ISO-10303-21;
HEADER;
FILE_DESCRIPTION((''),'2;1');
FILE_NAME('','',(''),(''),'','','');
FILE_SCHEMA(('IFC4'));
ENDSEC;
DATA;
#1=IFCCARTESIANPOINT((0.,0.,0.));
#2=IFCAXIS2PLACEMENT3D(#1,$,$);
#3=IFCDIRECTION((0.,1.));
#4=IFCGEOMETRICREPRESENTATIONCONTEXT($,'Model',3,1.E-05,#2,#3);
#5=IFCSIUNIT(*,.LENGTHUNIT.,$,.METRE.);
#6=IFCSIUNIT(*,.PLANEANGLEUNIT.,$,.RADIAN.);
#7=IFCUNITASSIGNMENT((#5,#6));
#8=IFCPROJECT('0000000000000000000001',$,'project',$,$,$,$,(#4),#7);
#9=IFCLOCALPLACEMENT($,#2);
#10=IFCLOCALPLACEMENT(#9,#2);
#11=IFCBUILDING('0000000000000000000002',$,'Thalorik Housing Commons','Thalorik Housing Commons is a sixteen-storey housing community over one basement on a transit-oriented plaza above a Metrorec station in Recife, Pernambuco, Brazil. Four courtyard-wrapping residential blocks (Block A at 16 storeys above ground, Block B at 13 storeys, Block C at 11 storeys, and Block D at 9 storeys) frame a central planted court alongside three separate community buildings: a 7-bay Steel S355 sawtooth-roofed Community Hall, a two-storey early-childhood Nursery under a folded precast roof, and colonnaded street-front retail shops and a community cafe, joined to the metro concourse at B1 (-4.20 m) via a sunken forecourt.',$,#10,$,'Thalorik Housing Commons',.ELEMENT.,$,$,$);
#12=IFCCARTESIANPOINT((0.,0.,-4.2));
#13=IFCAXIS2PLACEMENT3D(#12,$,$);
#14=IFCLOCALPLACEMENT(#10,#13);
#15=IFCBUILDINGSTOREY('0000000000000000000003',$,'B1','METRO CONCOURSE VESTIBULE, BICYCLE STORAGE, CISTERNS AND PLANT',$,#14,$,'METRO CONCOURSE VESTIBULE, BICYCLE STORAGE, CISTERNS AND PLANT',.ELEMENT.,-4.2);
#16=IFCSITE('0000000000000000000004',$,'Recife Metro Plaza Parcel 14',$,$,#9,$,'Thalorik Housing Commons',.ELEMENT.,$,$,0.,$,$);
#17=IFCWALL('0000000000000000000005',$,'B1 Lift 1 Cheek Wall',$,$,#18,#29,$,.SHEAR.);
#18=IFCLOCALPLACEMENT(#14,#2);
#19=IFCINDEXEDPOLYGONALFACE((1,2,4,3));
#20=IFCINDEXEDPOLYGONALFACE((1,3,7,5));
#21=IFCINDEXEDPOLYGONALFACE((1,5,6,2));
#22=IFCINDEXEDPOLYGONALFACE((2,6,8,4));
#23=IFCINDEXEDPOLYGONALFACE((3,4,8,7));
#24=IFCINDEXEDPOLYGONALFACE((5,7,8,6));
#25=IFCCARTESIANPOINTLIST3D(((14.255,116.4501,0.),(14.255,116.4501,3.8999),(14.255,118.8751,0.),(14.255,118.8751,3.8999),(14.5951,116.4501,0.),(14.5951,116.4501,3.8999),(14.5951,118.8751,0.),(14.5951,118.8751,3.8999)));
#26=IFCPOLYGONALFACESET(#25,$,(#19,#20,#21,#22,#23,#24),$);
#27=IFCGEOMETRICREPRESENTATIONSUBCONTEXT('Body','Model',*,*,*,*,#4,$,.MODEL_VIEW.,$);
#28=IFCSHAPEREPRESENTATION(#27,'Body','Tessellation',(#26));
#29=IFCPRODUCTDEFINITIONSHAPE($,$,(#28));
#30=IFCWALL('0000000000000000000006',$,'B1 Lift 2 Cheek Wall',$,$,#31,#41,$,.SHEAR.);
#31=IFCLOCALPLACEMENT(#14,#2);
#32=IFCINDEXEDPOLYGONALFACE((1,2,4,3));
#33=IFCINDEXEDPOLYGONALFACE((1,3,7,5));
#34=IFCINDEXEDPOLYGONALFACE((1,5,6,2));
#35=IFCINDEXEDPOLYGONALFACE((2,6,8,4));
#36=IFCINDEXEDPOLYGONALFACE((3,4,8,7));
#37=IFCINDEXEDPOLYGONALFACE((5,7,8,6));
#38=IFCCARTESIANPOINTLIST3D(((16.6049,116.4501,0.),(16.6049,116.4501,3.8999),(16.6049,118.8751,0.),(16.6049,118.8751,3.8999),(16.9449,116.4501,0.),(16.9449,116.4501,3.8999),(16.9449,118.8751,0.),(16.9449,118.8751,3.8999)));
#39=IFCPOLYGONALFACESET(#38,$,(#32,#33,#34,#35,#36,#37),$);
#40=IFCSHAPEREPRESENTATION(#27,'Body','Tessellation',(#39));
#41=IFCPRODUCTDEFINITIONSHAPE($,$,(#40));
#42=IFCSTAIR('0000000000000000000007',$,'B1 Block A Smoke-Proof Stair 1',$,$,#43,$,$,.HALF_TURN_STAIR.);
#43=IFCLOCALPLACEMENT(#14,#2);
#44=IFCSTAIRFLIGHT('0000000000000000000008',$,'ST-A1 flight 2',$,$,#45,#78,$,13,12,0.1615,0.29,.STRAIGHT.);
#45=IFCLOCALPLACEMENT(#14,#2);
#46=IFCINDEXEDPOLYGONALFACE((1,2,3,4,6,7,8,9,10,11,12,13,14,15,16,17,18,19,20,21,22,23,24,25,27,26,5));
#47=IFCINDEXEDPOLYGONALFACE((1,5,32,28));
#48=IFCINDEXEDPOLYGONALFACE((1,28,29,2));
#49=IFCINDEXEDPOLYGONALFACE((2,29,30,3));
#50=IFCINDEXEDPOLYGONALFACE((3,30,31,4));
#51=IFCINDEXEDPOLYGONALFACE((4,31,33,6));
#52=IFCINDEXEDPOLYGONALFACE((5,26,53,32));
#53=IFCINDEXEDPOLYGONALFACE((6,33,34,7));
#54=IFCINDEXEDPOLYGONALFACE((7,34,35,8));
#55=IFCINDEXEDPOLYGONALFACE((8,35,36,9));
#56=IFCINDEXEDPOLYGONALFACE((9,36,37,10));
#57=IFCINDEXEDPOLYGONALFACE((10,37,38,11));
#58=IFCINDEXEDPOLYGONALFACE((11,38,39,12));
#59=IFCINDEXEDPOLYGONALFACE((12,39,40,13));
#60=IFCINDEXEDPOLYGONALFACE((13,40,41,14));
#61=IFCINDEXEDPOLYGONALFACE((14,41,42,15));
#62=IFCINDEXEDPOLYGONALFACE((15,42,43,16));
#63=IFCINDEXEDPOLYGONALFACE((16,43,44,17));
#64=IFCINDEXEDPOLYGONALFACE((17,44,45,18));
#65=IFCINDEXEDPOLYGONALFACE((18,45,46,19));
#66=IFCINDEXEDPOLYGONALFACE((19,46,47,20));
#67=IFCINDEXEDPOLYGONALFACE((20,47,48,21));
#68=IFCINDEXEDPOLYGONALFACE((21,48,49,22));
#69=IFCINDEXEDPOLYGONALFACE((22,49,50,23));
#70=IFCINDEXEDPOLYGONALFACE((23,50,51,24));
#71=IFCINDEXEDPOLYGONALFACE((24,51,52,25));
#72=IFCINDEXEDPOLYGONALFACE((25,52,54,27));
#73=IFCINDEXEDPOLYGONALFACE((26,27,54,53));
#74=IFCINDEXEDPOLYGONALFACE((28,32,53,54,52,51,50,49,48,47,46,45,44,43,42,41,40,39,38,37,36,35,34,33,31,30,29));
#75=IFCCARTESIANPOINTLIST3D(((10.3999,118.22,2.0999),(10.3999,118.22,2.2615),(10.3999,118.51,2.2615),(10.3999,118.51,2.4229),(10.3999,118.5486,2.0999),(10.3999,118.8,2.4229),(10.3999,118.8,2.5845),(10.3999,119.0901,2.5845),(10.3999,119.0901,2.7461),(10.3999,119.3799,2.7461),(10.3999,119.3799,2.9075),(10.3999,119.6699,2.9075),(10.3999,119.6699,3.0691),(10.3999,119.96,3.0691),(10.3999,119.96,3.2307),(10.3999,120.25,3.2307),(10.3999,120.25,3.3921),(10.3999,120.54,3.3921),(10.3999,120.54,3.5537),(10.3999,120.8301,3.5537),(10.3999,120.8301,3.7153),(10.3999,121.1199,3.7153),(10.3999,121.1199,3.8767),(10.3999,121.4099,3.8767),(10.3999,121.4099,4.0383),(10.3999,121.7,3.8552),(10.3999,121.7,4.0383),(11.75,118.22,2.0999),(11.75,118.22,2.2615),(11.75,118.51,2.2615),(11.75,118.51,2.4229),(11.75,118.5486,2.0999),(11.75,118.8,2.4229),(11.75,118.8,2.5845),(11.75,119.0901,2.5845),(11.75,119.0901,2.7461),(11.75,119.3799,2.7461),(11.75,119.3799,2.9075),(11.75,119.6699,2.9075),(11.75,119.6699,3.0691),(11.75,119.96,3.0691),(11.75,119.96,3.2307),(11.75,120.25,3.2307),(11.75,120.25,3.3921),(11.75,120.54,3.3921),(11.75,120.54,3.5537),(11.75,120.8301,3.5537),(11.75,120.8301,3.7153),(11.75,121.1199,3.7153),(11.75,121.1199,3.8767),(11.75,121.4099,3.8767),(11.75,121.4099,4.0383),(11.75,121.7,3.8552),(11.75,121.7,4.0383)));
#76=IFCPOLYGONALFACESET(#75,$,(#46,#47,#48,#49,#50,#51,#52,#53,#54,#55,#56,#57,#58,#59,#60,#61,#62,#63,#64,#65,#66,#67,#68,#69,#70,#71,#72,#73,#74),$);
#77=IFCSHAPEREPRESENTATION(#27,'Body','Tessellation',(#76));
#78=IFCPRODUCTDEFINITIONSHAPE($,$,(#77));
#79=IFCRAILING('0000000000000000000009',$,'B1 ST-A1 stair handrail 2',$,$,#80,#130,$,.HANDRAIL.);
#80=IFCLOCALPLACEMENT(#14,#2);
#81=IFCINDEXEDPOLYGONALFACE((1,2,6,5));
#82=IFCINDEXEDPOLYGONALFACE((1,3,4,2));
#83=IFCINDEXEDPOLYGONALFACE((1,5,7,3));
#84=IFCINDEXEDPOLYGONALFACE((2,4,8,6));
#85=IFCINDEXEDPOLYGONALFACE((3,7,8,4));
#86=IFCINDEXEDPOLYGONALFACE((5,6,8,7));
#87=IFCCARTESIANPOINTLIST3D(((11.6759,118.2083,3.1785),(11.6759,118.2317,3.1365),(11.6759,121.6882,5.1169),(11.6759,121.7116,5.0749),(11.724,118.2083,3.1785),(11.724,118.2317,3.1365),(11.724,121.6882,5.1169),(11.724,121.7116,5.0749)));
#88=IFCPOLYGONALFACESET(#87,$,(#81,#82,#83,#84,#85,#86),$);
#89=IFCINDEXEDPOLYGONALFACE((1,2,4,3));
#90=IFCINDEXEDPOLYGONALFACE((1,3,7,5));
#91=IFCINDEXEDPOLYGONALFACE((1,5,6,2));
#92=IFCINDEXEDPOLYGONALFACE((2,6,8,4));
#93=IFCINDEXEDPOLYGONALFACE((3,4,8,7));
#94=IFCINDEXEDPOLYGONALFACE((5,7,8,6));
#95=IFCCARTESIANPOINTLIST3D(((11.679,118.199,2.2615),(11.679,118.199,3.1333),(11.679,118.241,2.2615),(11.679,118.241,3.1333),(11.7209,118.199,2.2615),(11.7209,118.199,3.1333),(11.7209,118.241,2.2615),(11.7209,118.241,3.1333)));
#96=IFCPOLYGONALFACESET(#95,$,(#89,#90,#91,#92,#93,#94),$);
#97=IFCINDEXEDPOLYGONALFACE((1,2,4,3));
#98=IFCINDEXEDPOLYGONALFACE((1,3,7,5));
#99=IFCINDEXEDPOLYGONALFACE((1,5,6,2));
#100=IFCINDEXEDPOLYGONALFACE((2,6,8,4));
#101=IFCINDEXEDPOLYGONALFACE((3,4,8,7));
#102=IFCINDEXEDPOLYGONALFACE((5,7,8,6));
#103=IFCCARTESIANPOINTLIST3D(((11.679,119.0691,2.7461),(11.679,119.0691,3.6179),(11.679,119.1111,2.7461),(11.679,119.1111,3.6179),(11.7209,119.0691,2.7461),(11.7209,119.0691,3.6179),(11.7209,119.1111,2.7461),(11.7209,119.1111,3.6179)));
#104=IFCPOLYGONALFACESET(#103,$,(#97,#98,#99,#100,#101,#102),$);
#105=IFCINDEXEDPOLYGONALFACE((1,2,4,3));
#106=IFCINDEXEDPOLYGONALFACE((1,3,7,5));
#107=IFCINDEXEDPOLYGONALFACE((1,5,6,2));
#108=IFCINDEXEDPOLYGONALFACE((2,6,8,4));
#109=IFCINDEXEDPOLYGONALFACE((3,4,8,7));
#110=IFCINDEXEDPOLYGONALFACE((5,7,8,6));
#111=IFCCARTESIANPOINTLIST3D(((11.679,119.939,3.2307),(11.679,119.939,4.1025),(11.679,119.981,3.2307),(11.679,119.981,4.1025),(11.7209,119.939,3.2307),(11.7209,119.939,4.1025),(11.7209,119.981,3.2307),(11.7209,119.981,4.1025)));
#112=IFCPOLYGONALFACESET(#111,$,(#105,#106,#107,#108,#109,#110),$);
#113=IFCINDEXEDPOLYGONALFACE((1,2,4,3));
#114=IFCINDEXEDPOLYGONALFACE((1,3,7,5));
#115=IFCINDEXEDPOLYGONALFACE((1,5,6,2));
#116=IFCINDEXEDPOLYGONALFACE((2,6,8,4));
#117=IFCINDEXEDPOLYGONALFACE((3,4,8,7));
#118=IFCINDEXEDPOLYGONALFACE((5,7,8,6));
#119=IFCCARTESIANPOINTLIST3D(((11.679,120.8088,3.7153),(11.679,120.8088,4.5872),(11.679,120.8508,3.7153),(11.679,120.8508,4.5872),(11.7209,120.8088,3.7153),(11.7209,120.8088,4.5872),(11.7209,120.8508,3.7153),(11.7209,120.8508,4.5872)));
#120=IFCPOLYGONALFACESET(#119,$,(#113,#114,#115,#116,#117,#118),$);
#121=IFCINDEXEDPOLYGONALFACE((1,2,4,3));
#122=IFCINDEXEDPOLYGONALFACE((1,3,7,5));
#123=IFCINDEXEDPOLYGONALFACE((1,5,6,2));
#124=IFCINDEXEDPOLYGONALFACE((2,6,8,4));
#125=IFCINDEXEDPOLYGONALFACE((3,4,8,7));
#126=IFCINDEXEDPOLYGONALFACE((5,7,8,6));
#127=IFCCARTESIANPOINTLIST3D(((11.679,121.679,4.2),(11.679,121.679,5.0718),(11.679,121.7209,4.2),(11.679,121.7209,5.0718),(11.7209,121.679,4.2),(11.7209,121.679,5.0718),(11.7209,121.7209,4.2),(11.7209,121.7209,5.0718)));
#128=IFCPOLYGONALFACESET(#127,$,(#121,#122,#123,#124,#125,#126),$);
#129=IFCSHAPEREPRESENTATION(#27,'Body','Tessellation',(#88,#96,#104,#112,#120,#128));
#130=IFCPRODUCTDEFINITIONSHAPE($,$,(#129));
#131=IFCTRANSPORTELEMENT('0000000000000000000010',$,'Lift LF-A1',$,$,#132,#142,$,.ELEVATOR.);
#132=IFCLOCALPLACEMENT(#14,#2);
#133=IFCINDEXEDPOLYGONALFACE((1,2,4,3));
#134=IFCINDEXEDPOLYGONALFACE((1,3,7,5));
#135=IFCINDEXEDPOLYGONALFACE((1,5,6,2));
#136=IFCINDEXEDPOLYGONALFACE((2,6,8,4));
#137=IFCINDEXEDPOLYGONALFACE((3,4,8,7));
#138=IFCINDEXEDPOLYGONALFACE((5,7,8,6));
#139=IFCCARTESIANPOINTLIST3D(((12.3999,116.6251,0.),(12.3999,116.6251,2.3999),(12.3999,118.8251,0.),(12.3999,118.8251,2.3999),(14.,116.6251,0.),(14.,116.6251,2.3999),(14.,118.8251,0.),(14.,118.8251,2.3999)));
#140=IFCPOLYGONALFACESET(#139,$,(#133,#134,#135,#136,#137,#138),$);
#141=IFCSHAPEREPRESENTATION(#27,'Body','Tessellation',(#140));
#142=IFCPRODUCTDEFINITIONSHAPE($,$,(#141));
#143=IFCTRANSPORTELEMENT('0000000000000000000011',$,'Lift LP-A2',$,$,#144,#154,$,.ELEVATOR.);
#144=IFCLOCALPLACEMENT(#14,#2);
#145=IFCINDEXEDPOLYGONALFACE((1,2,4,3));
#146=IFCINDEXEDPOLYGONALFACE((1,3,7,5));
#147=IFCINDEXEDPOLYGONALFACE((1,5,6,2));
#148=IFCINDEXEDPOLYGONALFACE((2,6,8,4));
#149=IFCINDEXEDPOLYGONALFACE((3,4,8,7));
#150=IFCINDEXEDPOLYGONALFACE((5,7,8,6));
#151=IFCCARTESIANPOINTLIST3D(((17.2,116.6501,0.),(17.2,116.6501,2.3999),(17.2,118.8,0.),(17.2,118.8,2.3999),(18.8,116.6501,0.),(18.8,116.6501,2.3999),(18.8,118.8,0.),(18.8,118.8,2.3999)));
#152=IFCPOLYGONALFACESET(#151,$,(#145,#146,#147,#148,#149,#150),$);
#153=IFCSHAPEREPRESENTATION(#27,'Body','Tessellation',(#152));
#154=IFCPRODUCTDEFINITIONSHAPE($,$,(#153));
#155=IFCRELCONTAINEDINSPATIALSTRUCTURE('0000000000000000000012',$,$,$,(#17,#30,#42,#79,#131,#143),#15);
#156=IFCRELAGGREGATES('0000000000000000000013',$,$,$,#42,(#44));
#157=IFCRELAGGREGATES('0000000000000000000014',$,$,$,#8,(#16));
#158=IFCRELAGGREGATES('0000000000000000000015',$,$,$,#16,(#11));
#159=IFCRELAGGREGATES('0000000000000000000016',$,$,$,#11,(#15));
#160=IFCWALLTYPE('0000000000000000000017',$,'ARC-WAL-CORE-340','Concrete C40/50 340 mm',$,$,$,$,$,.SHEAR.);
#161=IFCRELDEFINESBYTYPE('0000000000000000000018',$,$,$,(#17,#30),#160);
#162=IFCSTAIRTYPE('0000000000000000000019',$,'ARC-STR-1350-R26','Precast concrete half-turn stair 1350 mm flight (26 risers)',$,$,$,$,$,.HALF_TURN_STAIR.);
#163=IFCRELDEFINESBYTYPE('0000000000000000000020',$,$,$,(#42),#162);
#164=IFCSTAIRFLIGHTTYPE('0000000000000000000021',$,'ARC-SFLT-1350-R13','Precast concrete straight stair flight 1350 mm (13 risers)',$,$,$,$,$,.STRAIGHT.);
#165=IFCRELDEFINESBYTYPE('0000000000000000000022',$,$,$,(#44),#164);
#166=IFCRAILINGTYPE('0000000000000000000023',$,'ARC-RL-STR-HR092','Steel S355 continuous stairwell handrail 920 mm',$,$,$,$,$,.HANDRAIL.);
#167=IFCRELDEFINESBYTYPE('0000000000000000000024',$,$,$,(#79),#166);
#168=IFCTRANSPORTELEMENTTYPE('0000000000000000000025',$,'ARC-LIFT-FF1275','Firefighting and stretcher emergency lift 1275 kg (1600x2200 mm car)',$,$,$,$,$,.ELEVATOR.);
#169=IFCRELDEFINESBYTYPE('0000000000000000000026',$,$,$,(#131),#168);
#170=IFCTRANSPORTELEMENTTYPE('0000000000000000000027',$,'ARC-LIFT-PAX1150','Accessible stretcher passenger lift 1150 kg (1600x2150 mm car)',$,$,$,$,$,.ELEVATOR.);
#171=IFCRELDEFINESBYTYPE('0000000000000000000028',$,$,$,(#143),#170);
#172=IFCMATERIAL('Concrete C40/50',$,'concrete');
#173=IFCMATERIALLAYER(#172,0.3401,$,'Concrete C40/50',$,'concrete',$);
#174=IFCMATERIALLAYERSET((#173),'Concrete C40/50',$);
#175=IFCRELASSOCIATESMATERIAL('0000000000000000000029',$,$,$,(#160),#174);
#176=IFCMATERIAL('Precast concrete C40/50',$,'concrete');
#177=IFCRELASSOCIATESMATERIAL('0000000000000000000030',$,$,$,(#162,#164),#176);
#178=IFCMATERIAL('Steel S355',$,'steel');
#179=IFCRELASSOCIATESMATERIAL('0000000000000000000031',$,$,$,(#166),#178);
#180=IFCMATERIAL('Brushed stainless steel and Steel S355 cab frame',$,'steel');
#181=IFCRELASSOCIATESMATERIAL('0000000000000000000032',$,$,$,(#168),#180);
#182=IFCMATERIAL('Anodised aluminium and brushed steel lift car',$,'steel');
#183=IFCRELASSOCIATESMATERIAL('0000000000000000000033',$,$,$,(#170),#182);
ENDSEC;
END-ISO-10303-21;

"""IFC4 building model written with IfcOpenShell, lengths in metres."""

from ifc_helpers import new_model, si_unit, direction, frame, frame_2d, origin, origin_2d, place, context, subcontext, project, spatial, polyline, rectangle, outline, extrude, material, layer, layer_set, type_object, element, aggregate, save


model = new_model("IFC4")

# Units and contexts
model_context = context("Model", 3, precision=1e-05, world=origin(), true_north=direction((0.0, 1.0)))
body_context = subcontext(model_context, "Body", "Model", "MODEL_VIEW")
ifc_project = project(units=[si_unit("LENGTHUNIT", "METRE"), si_unit("PLANEANGLEUNIT", "RADIAN")], contexts=[model_context])

# Site, building, storey
site_placement = place(None, origin())
site = spatial("IfcSite", under=ifc_project, at=site_placement, Name="Recife Metro Plaza Parcel 14", LongName="Thalorik Housing Commons", CompositionType="ELEMENT", RefElevation=0.0)
building_placement = place(site_placement, origin())
building = spatial("IfcBuilding", under=site, at=building_placement, Name="Thalorik Housing Commons", Description="Thalorik Housing Commons is a sixteen-storey housing community over one basement on a transit-oriented plaza above a Metrorec station in Recife, Pernambuco, Brazil. Four courtyard-wrapping residential blocks (Block A at 16 storeys above ground, Block B at 13 storeys, Block C at 11 storeys, and Block D at 9 storeys) frame a central planted court alongside three separate community buildings: a 7-bay Steel S355 sawtooth-roofed Community Hall, a two-storey early-childhood Nursery under a folded precast roof, and colonnaded street-front retail shops and a community cafe, joined to the metro concourse at B1 (-4.20 m) via a sunken forecourt.", LongName="Thalorik Housing Commons", CompositionType="ELEMENT")
storey_placement = place(building_placement, frame((0.0, 0.0, -4.2)))
storey = spatial("IfcBuildingStorey", under=building, at=storey_placement, Name="B1", Description="METRO CONCOURSE VESTIBULE, BICYCLE STORAGE, CISTERNS AND PLANT", LongName="METRO CONCOURSE VESTIBULE, BICYCLE STORAGE, CISTERNS AND PLANT", CompositionType="ELEMENT", Elevation=-4.2)

# Shared definitions
ifc_material_1 = material(Name="Concrete C40/50", Category="concrete")

# Shared definitions
ifc_material_2 = material(Name="Precast concrete C40/50", Category="concrete")

# Shared definitions
ifc_material_3 = material(Name="Steel S355", Category="steel")

# Walls
ifc_layer_1 = layer(ifc_material_1, 0.3401, Name="Concrete C40/50", Category="concrete")
ifc_layer_set_1 = layer_set([ifc_layer_1], Name="Concrete C40/50")
wall_type_1 = type_object("IfcWallType", Name="ARC-WAL-CORE-340", Description="Concrete C40/50 340 mm", PredefinedType="SHEAR", material=ifc_layer_set_1)
for number, where, z_axis, x_axis, name in (
    (1, (14.425, 118.875, 0.0), (0.0, 0.0, 1.0), (0.0, -1.0, 0.0), "B1 Lift 1 Cheek Wall"),
    (2, (16.7749, 118.875, 0.0), (0.0, 0.0, 1.0), (0.0, -1.0, 0.0), "B1 Lift 2 Cheek Wall"),
):
    element("IfcWall", number, at=place(storey_placement, frame(where, z_axis=z_axis, x_axis=x_axis)), inside=storey, type_object=wall_type_1, Name=name, PredefinedType="SHEAR", context=body_context, shape_type="SweptSolid", body=[
        extrude(rectangle(XDim=2.425, YDim=0.3401, at=frame_2d((1.2124, 0.0))), origin(), (0.0, 0.0, 1.0), 3.8999),
    ])

# Stair, stair flight
stair_type = type_object("IfcStairType", Name="ARC-STR-1350-R26", Description="Precast concrete half-turn stair 1350 mm flight (26 risers)", PredefinedType="HALF_TURN_STAIR", material=ifc_material_2)
stair_placement = place(storey_placement, origin())
stair = element("IfcStair", 3, at=stair_placement, inside=storey, type_object=stair_type, Name="B1 Block A Smoke-Proof Stair 1", PredefinedType="HALF_TURN_STAIR")
stair_flight_type = type_object("IfcStairFlightType", Name="ARC-SFLT-1350-R13", Description="Precast concrete straight stair flight 1350 mm (13 risers)", PredefinedType="STRAIGHT", material=ifc_material_2)
stair_flight_placement = place(storey_placement, frame((11.075, 118.22, 2.0999), z_axis=(0.0, 0.0, 1.0), x_axis=(0.0, 1.0, 0.0)))
stair_flight = element("IfcStairFlight", 4, at=stair_flight_placement, type_object=stair_flight_type, Name="ST-A1 flight 2", NumberOfRisers=13, NumberOfTreads=12, PredefinedType="STRAIGHT", RiserHeight=0.1615, TreadLength=0.29, context=body_context, shape_type="SweptSolid", body=[
    extrude(outline(polyline([(0.0, 0.0), (0.0, 0.1616), (0.29, 0.1616), (0.29, 0.323), (0.5801, 0.323), (0.5801, 0.4846), (0.8701, 0.4846), (0.8701, 0.6462), (1.1599, 0.6462), (1.1599, 0.8076), (1.45, 0.8076), (1.45, 0.9692), (1.74, 0.9692), (1.74, 1.1309), (2.03, 1.1309), (2.03, 1.2922), (2.3201, 1.2922), (2.3201, 1.4539), (2.6101, 1.4539), (2.6101, 1.6155), (2.8999, 1.6155), (2.8999, 1.7769), (3.1899, 1.7769), (3.1899, 1.9385), (3.48, 1.9385), (3.48, 2.1001), (3.48, 1.7554), (0.3286, 0.0), (0.0, 0.0)])), frame((0.0, 0.675, 0.0), z_axis=(0.0, -1.0, 0.0), x_axis=(1.0, 0.0, 0.0)), (0.0, 0.0, 1.0), 1.3501),
])
aggregate(stair, [stair_flight])

# Railing
railing_type = type_object("IfcRailingType", Name="ARC-RL-STR-HR092", Description="Steel S355 continuous stairwell handrail 920 mm", PredefinedType="HANDRAIL", material=ifc_material_3)
railing_placement = place(storey_placement, frame((11.7, 118.22, 2.2615)))
element("IfcRailing", 5, at=railing_placement, inside=storey, type_object=railing_type, Name="B1 ST-A1 stair handrail 2", PredefinedType="HANDRAIL", context=body_context, shape_type="SweptSolid", body=[
    extrude(rectangle(XDim=0.0481, YDim=0.0481, at=origin_2d()), frame((0.0, 0.0, 0.896), z_axis=(0.0, 0.873607, 0.486631), x_axis=(-1.0, 0.0, 0.0)), (0.0, 0.0, 1.0), 3.9834),
    extrude(rectangle(XDim=0.042, YDim=0.042, at=origin_2d()), origin(), (0.0, 0.0, 1.0), 0.8718),
    extrude(rectangle(XDim=0.042, YDim=0.042, at=origin_2d()), frame((0.0, 0.8701, 0.4846)), (0.0, 0.0, 1.0), 0.8718),
    extrude(rectangle(XDim=0.042, YDim=0.042, at=origin_2d()), frame((0.0, 1.74, 0.9692)), (0.0, 0.0, 1.0), 0.8718),
    extrude(rectangle(XDim=0.042, YDim=0.042, at=origin_2d()), frame((0.0, 2.6099, 1.4539)), (0.0, 0.0, 1.0), 0.8718),
    extrude(rectangle(XDim=0.042, YDim=0.042, at=origin_2d()), frame((0.0, 3.48, 1.9385)), (0.0, 0.0, 1.0), 0.8718),
])

# Transport elements
ifc_material_4 = material(Name="Brushed stainless steel and Steel S355 cab frame", Category="steel")
transport_element_type_1 = type_object("IfcTransportElementType", Name="ARC-LIFT-FF1275", Description="Firefighting and stretcher emergency lift 1275 kg (1600x2200 mm car)", PredefinedType="ELEVATOR", material=ifc_material_4)
transport_element_1_placement = place(storey_placement, frame((13.2, 117.7251, 0.0), z_axis=(0.0, 0.0, 1.0), x_axis=(1.0, 0.0, 0.0)))
element("IfcTransportElement", 6, at=transport_element_1_placement, inside=storey, type_object=transport_element_type_1, Name="Lift LF-A1", PredefinedType="ELEVATOR", context=body_context, shape_type="SweptSolid", body=[
    extrude(rectangle(XDim=1.6001, YDim=2.2, at=origin_2d()), origin(), (0.0, 0.0, 1.0), 2.3999),
])
ifc_material_5 = material(Name="Anodised aluminium and brushed steel lift car", Category="steel")
transport_element_type_2 = type_object("IfcTransportElementType", Name="ARC-LIFT-PAX1150", Description="Accessible stretcher passenger lift 1150 kg (1600x2150 mm car)", PredefinedType="ELEVATOR", material=ifc_material_5)
transport_element_2_placement = place(storey_placement, frame((18.0, 117.7251, 0.0), z_axis=(0.0, 0.0, 1.0), x_axis=(1.0, 0.0, 0.0)))
element("IfcTransportElement", 7, at=transport_element_2_placement, inside=storey, type_object=transport_element_type_2, Name="Lift LP-A2", PredefinedType="ELEVATOR", context=body_context, shape_type="SweptSolid", body=[
    extrude(rectangle(XDim=1.6001, YDim=2.1499, at=origin_2d()), origin(), (0.0, 0.0, 1.0), 2.3999),
])

save(model, "model.ifc")
